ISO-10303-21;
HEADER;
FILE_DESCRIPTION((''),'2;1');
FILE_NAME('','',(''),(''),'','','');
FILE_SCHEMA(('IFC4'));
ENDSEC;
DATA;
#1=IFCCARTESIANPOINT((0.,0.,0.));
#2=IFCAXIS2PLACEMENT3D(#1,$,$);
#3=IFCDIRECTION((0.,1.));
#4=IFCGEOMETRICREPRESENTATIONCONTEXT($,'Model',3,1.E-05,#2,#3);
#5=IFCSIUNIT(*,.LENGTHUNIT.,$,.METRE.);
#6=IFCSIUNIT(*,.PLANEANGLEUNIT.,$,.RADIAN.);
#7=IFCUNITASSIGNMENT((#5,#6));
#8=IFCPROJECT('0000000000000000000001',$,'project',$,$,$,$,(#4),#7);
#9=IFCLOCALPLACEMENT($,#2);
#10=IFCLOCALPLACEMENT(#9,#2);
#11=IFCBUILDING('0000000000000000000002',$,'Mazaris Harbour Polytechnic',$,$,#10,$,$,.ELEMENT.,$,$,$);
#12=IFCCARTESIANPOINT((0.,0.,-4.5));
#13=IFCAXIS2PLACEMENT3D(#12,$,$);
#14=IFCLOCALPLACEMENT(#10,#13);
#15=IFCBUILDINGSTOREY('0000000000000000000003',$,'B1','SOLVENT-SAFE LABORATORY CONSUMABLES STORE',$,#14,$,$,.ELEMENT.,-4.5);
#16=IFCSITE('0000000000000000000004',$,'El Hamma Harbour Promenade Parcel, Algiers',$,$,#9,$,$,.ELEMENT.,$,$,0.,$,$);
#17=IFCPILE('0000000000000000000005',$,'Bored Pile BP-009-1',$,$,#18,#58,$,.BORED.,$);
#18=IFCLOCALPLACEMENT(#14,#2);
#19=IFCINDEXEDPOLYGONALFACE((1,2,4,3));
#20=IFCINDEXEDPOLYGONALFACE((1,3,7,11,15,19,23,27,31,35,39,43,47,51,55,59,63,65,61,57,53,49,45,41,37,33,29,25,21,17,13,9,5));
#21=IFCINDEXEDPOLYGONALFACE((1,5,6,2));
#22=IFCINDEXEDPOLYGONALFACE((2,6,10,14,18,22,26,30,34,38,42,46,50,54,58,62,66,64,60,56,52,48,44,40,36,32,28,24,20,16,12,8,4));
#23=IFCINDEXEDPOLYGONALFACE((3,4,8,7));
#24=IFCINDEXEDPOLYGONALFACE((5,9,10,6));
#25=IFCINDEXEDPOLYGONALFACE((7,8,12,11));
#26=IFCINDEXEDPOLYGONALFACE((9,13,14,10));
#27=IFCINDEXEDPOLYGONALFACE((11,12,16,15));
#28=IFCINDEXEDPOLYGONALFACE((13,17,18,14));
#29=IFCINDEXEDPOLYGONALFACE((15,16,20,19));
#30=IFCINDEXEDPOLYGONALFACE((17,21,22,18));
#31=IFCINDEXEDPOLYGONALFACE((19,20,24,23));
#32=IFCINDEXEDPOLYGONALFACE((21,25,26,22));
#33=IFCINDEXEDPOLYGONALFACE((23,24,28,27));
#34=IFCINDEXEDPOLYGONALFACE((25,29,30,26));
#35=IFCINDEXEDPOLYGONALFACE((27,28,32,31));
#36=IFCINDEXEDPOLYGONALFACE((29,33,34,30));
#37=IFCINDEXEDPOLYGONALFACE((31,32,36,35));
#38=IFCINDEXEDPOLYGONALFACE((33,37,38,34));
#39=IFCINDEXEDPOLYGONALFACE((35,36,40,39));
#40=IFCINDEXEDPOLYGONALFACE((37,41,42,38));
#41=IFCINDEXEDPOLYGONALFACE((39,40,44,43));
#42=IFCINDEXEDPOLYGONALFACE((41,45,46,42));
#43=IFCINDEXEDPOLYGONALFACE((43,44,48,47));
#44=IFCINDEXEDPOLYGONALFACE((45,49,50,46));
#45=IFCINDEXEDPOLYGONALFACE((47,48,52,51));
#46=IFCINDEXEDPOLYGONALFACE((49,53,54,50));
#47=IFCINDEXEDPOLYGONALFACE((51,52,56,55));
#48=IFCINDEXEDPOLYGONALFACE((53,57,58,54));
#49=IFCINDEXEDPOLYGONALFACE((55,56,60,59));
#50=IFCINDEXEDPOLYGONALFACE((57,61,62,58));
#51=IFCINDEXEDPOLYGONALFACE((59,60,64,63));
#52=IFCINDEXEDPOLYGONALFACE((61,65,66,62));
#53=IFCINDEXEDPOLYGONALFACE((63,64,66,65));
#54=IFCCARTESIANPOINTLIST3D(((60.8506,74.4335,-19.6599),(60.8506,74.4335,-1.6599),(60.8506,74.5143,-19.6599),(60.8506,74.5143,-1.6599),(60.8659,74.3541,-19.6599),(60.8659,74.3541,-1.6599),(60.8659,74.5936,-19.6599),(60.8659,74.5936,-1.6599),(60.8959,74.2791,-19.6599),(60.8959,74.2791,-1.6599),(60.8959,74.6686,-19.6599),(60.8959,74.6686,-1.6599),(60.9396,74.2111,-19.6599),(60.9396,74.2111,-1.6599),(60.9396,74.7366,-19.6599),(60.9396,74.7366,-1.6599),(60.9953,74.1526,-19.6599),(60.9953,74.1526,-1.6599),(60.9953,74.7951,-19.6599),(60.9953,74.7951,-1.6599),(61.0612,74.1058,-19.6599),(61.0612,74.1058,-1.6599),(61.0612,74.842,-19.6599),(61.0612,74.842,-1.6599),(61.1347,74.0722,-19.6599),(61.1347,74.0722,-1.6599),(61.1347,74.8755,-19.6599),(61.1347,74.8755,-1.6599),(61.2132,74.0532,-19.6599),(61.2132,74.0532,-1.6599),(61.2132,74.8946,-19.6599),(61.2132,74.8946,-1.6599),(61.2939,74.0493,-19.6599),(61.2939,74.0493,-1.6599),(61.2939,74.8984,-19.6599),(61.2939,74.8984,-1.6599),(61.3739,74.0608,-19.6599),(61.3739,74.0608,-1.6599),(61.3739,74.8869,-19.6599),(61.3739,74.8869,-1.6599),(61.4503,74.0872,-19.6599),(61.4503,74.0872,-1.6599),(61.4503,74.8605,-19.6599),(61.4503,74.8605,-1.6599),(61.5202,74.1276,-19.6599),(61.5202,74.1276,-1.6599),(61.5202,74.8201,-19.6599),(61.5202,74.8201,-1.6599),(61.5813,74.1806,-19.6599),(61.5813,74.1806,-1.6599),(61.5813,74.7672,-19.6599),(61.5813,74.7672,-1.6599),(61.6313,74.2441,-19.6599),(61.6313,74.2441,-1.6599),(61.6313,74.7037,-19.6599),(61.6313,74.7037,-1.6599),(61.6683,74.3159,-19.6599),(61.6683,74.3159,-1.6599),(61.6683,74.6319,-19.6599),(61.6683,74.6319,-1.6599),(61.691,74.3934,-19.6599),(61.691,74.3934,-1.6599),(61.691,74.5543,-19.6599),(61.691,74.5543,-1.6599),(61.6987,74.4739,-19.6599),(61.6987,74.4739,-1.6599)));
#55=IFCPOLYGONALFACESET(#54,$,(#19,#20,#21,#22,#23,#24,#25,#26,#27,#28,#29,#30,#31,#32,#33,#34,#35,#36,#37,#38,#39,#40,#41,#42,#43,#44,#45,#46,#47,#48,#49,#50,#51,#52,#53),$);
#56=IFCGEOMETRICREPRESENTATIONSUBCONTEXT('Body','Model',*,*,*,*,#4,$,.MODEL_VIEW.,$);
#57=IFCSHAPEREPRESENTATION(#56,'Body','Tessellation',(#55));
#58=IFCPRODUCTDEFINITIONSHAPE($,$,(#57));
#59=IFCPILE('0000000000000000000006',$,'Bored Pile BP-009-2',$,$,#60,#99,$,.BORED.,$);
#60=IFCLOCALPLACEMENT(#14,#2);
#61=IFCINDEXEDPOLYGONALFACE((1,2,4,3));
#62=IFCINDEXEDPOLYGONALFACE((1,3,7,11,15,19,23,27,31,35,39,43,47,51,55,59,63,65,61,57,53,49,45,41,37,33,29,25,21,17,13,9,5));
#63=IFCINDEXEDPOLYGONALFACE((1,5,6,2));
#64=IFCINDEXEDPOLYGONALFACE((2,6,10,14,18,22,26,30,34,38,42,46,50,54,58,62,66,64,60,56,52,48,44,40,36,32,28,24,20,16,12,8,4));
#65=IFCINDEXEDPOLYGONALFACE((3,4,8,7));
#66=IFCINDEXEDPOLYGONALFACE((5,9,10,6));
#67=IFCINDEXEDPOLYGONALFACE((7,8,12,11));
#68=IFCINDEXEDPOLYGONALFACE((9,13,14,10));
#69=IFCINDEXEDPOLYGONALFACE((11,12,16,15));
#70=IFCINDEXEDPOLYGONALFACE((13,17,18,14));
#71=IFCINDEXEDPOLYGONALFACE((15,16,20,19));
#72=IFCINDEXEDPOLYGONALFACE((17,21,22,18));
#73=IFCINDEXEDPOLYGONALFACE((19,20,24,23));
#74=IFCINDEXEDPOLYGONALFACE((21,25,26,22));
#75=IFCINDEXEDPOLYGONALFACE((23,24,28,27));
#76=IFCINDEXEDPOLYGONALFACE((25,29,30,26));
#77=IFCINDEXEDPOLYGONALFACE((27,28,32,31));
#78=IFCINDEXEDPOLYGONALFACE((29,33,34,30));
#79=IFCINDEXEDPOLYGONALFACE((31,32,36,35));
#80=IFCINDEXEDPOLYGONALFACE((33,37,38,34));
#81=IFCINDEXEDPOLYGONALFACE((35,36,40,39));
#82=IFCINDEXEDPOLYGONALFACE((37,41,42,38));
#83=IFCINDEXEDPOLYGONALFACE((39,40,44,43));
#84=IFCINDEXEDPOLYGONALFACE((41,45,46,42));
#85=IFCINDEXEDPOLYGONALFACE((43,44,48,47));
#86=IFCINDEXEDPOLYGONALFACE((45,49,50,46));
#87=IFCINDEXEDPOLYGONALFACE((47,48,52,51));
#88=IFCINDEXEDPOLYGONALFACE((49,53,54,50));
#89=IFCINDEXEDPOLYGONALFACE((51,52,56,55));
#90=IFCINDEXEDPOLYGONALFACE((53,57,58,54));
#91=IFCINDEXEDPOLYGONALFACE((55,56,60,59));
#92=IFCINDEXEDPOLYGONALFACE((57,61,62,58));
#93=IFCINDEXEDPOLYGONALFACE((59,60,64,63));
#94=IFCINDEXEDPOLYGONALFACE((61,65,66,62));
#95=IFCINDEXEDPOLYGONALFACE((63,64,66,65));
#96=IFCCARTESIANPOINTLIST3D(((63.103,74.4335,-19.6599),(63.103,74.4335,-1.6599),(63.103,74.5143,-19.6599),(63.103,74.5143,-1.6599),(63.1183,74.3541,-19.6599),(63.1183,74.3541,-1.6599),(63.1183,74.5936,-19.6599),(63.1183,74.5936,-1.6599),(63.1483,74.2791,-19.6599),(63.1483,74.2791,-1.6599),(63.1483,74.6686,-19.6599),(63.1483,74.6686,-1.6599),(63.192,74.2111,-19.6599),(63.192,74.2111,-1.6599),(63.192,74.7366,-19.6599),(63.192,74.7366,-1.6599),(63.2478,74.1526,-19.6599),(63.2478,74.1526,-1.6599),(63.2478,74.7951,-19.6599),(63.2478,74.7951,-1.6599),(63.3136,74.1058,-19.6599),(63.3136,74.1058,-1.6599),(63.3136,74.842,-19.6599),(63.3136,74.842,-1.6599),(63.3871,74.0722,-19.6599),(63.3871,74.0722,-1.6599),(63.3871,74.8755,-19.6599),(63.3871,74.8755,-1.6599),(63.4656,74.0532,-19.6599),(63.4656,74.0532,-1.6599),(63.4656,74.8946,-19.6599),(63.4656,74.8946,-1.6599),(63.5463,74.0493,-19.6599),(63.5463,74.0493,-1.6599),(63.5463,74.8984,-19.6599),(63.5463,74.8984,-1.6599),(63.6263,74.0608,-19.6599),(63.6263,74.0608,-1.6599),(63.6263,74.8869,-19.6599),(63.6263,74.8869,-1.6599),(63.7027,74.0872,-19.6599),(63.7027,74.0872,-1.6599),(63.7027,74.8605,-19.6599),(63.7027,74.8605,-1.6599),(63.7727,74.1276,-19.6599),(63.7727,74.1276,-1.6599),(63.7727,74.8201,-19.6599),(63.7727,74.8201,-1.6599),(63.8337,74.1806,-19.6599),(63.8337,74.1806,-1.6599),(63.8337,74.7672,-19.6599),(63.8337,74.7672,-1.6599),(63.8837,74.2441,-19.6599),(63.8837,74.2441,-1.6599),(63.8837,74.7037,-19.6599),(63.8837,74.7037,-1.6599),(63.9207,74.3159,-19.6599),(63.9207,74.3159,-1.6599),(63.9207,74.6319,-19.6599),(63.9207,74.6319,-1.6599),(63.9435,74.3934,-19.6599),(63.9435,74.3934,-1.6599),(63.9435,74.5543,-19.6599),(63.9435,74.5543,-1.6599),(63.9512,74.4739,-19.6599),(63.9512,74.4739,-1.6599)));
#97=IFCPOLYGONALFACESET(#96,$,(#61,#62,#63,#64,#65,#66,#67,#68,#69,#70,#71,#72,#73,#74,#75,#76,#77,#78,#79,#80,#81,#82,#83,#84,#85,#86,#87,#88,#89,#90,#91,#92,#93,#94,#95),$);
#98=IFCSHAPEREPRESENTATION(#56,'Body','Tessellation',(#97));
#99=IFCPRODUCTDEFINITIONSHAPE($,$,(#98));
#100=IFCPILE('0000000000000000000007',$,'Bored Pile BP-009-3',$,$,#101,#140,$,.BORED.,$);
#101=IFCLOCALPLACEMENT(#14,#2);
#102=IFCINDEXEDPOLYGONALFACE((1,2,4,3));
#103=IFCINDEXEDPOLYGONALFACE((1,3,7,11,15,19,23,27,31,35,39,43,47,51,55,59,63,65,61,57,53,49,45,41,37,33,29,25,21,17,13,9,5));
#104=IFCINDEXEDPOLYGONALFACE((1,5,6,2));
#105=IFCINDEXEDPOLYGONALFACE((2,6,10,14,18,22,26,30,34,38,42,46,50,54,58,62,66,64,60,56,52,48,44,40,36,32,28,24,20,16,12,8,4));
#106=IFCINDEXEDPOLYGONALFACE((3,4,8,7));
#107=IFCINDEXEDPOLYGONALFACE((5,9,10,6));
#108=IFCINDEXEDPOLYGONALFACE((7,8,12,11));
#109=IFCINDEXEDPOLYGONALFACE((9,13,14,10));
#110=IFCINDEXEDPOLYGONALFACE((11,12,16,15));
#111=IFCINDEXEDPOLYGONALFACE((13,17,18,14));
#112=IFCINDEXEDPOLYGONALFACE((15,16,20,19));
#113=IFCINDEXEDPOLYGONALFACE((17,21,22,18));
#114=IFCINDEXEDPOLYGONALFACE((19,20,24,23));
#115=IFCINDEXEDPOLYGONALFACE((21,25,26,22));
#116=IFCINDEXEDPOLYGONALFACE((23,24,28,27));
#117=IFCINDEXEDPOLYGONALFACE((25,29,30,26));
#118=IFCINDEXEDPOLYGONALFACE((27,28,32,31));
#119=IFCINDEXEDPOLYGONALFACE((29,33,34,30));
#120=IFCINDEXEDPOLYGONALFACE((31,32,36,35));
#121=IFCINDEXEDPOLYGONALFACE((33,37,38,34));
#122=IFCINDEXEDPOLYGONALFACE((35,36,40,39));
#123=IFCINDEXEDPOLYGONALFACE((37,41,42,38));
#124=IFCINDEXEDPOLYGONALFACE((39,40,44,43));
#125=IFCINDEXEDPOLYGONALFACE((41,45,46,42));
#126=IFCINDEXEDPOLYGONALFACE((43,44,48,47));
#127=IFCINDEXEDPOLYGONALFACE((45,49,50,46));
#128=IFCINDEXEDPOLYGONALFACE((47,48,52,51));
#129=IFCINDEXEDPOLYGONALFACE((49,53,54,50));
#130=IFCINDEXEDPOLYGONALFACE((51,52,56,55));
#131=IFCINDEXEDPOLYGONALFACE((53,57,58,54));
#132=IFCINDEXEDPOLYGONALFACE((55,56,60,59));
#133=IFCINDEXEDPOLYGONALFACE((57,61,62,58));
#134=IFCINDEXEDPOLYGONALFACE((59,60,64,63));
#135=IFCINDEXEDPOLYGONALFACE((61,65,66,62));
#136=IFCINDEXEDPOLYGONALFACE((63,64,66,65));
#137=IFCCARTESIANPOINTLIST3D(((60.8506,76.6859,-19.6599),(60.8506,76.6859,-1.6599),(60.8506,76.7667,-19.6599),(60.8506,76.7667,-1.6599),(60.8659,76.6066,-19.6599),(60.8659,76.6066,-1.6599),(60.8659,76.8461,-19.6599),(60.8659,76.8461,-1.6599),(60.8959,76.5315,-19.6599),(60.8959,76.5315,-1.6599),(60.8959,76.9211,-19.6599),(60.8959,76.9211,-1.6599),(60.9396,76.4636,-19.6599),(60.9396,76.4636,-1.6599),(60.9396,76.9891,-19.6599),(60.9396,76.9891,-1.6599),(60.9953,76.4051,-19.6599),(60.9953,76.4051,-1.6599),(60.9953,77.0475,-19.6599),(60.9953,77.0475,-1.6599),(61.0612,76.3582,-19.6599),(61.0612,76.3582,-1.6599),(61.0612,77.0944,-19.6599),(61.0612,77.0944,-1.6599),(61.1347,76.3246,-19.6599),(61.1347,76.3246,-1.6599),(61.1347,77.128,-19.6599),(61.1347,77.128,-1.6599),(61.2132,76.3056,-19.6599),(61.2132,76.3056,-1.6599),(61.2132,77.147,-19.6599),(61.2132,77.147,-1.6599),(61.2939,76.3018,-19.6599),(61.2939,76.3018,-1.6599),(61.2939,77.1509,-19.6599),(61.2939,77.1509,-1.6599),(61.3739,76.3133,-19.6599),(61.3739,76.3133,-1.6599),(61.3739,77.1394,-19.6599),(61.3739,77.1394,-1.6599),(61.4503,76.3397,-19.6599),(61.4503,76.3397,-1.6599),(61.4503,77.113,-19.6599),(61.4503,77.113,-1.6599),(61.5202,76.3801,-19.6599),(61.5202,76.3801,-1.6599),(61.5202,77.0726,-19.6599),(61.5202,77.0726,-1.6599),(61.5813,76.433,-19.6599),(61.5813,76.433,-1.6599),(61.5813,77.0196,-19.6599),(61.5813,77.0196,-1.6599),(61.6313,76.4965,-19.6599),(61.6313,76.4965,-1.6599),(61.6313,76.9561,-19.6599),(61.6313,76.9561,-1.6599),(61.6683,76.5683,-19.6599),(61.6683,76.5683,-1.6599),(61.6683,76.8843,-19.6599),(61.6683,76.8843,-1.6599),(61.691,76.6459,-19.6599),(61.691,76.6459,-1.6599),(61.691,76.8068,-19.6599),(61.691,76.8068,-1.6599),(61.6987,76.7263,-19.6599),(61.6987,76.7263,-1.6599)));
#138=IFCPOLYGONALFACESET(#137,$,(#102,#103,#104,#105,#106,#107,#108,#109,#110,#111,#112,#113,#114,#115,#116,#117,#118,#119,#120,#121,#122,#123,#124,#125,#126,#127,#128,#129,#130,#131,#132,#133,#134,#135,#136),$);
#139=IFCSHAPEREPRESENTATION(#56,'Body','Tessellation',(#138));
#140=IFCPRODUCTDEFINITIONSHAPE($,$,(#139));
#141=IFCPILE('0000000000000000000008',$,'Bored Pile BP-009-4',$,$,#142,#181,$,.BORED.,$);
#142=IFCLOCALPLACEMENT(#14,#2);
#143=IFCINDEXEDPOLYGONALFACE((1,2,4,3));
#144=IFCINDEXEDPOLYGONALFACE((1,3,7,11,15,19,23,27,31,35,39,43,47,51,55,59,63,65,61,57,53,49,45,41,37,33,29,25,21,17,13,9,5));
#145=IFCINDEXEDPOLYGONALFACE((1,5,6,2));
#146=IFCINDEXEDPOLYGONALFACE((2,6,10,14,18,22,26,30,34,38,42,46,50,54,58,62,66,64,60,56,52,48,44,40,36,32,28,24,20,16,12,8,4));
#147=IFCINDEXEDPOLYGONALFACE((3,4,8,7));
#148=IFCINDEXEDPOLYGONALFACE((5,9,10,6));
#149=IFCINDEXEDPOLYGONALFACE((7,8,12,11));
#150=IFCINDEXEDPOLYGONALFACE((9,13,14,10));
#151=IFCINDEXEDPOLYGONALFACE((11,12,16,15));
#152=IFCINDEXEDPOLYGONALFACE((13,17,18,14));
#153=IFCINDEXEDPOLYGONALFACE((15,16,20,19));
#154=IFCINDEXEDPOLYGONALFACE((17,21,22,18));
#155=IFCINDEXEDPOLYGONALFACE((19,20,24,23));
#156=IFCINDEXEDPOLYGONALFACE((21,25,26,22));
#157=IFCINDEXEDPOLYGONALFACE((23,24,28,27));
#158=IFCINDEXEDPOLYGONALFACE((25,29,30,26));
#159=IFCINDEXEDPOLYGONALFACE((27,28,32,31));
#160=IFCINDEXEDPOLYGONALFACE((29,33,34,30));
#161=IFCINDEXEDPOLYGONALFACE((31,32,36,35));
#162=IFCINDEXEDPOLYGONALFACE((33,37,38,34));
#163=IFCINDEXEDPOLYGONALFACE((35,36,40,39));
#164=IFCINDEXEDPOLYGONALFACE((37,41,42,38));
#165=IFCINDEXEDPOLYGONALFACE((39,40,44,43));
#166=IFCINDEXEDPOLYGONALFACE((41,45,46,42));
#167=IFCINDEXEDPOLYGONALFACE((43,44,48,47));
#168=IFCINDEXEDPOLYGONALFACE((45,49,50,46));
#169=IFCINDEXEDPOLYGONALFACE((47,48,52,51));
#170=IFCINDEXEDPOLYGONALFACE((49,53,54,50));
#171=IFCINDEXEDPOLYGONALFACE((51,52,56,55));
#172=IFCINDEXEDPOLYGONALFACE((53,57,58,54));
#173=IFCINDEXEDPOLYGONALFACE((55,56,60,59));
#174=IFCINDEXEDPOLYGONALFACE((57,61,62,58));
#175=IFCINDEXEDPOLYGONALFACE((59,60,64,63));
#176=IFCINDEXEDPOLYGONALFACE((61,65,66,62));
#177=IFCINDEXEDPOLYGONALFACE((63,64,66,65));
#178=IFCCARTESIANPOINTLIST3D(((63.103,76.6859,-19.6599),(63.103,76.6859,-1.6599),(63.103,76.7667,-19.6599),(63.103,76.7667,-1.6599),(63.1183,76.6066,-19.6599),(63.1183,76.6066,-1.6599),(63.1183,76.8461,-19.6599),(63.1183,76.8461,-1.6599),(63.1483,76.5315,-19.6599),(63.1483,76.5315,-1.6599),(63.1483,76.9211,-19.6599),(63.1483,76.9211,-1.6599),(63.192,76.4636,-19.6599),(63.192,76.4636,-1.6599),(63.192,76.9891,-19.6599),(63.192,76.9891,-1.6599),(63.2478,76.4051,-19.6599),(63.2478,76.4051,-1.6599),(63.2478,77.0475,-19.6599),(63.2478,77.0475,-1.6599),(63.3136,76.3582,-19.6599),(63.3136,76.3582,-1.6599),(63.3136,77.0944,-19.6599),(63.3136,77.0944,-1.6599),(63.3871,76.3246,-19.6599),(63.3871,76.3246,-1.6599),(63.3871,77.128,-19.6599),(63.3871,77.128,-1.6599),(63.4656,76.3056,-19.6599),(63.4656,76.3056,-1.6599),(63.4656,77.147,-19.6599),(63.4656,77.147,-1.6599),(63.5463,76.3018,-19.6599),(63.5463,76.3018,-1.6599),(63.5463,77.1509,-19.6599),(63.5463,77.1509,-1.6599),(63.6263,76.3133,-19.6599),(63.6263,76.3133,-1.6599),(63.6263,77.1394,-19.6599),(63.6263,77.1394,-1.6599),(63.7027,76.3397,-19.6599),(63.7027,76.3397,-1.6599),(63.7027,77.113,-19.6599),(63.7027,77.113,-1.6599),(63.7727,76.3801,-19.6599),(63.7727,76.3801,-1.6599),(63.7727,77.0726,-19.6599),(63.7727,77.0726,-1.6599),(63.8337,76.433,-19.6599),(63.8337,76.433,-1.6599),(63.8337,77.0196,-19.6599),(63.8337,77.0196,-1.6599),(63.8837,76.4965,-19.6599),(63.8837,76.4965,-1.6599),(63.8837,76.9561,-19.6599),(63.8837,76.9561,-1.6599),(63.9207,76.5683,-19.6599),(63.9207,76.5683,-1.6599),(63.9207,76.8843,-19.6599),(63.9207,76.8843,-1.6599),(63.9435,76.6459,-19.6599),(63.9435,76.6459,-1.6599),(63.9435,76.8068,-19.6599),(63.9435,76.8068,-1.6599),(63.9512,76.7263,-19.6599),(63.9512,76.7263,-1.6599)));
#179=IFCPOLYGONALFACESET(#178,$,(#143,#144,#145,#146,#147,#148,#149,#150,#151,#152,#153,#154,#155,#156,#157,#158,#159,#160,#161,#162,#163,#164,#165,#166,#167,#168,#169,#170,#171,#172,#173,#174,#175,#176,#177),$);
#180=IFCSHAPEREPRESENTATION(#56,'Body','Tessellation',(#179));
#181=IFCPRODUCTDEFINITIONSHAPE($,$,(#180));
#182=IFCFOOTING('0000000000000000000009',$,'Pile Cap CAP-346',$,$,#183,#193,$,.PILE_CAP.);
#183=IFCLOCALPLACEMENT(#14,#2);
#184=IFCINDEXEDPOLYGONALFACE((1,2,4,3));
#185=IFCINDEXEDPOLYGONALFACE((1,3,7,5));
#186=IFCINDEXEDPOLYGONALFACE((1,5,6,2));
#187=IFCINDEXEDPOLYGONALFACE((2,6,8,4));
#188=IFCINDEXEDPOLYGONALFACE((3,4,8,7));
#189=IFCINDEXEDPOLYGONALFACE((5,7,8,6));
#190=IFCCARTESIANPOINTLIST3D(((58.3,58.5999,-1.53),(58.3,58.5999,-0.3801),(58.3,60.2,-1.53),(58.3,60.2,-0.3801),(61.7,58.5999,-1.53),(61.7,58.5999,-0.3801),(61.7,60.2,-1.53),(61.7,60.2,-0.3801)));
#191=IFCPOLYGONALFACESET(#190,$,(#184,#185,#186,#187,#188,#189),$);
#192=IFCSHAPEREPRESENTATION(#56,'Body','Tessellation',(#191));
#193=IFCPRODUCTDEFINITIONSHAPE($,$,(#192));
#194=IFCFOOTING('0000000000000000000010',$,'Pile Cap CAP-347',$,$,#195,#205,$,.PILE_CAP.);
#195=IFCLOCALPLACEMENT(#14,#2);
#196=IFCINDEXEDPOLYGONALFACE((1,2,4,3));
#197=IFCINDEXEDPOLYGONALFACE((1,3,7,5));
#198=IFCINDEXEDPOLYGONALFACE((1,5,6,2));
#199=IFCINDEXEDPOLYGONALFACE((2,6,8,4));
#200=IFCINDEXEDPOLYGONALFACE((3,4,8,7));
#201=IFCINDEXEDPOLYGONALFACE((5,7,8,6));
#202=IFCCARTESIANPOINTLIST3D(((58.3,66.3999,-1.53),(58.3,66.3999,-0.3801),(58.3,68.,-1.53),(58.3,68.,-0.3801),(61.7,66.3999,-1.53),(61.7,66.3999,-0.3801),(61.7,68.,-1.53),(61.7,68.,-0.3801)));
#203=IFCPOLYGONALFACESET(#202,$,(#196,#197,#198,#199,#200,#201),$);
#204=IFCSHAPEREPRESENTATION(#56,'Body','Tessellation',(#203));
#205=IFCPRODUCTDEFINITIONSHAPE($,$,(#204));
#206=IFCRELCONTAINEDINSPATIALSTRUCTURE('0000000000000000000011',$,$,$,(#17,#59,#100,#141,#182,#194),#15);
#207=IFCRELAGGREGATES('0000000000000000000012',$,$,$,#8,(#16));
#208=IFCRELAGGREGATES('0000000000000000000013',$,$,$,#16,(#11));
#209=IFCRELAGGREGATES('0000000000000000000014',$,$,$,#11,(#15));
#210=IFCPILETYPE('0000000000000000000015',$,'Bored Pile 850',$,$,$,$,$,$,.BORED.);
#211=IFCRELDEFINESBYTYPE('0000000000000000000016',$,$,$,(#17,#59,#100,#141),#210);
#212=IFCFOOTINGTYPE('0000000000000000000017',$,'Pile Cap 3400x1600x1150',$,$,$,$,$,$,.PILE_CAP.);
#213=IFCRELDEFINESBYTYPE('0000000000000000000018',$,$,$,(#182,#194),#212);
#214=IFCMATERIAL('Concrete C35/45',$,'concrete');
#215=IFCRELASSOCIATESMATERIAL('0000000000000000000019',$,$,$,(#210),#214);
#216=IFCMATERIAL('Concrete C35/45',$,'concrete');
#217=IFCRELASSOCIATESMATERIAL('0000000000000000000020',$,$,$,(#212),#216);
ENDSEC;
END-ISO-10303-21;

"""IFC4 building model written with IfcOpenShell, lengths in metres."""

from ifc_helpers import new_model, si_unit, direction, frame, origin, origin_2d, place, context, subcontext, project, spatial, rectangle, circle, extrude, material, material_profile, profile_set, type_object, element, save


model = new_model("IFC4")

# Units and contexts
model_context = context("Model", 3, precision=1e-05, world=origin(), true_north=direction((0.0, 1.0)))
body_context = subcontext(model_context, "Body", "Model", "MODEL_VIEW")
ifc_project = project(units=[si_unit("LENGTHUNIT", "METRE"), si_unit("PLANEANGLEUNIT", "RADIAN")], contexts=[model_context])

# Site, building, storey
site_placement = place(None, origin())
site = spatial("IfcSite", under=ifc_project, at=site_placement, Name="El Hamma Harbour Promenade Parcel, Algiers", CompositionType="ELEMENT", RefElevation=0.0)
building_placement = place(site_placement, origin())
building = spatial("IfcBuilding", under=site, at=building_placement, Name="Mazaris Harbour Polytechnic", CompositionType="ELEMENT")
storey_placement = place(building_placement, frame((0.0, 0.0, -4.5)))
storey = spatial("IfcBuildingStorey", under=building, at=storey_placement, Name="B1", Description="SOLVENT-SAFE LABORATORY CONSUMABLES STORE", CompositionType="ELEMENT", Elevation=-4.5)

# Piles
ifc_material_1 = material(Name="Concrete C35/45", Category="concrete")
ifc_material_profile_1 = material_profile(ifc_material_1, circle(Radius=0.425, at=origin_2d()), Name="DIA850")
ifc_profile_set_1 = profile_set([ifc_material_profile_1], Name="Concrete C35/45")
pile_type_1 = type_object("IfcPileType", Name="Bored Pile 850", PredefinedType="BORED", material=ifc_profile_set_1)
for number, where, z_axis, x_axis, name in (
    (1, (61.2737, 74.4739, -1.6599), (0.0, 0.0, -1.0), (1.0, 0.0, 0.0), "Bored Pile BP-009-1"),
    (2, (63.5261, 74.4739, -1.6599), (0.0, 0.0, -1.0), (1.0, 0.0, 0.0), "Bored Pile BP-009-2"),
    (3, (61.2737, 76.7263, -1.6599), (0.0, 0.0, -1.0), (1.0, 0.0, 0.0), "Bored Pile BP-009-3"),
    (4, (63.5261, 76.7263, -1.6599), (0.0, 0.0, -1.0), (1.0, 0.0, 0.0), "Bored Pile BP-009-4"),
):
    element("IfcPile", number, at=place(storey_placement, frame(where, z_axis=z_axis, x_axis=x_axis)), inside=storey, type_object=pile_type_1, Name=name, PredefinedType="BORED", context=body_context, shape_type="SweptSolid", body=[
        extrude(circle(Radius=0.425, at=origin_2d()), origin(), (0.0, 0.0, 1.0), 18.0),
    ])

# Footings
ifc_material_2 = material(Name="Concrete C35/45", Category="concrete")
footing_type_1 = type_object("IfcFootingType", Name="Pile Cap 3400x1600x1150", PredefinedType="PILE_CAP", material=ifc_material_2)
for number, where, z_axis, x_axis, name in (
    (5, (60.0, 59.3999, -1.53), (0.0, 0.0, 1.0), (1.0, 0.0, 0.0), "Pile Cap CAP-346"),
    (6, (60.0, 67.2, -1.53), (0.0, 0.0, 1.0), (1.0, 0.0, 0.0), "Pile Cap CAP-347"),
):
    element("IfcFooting", number, at=place(storey_placement, frame(where, z_axis=z_axis, x_axis=x_axis)), inside=storey, type_object=footing_type_1, Name=name, PredefinedType="PILE_CAP", context=body_context, shape_type="SweptSolid", body=[
        extrude(rectangle(XDim=3.3999, YDim=1.6001, at=origin_2d()), origin(), (0.0, 0.0, 1.0), 1.1499),
    ])

save(model, "model.ifc")
